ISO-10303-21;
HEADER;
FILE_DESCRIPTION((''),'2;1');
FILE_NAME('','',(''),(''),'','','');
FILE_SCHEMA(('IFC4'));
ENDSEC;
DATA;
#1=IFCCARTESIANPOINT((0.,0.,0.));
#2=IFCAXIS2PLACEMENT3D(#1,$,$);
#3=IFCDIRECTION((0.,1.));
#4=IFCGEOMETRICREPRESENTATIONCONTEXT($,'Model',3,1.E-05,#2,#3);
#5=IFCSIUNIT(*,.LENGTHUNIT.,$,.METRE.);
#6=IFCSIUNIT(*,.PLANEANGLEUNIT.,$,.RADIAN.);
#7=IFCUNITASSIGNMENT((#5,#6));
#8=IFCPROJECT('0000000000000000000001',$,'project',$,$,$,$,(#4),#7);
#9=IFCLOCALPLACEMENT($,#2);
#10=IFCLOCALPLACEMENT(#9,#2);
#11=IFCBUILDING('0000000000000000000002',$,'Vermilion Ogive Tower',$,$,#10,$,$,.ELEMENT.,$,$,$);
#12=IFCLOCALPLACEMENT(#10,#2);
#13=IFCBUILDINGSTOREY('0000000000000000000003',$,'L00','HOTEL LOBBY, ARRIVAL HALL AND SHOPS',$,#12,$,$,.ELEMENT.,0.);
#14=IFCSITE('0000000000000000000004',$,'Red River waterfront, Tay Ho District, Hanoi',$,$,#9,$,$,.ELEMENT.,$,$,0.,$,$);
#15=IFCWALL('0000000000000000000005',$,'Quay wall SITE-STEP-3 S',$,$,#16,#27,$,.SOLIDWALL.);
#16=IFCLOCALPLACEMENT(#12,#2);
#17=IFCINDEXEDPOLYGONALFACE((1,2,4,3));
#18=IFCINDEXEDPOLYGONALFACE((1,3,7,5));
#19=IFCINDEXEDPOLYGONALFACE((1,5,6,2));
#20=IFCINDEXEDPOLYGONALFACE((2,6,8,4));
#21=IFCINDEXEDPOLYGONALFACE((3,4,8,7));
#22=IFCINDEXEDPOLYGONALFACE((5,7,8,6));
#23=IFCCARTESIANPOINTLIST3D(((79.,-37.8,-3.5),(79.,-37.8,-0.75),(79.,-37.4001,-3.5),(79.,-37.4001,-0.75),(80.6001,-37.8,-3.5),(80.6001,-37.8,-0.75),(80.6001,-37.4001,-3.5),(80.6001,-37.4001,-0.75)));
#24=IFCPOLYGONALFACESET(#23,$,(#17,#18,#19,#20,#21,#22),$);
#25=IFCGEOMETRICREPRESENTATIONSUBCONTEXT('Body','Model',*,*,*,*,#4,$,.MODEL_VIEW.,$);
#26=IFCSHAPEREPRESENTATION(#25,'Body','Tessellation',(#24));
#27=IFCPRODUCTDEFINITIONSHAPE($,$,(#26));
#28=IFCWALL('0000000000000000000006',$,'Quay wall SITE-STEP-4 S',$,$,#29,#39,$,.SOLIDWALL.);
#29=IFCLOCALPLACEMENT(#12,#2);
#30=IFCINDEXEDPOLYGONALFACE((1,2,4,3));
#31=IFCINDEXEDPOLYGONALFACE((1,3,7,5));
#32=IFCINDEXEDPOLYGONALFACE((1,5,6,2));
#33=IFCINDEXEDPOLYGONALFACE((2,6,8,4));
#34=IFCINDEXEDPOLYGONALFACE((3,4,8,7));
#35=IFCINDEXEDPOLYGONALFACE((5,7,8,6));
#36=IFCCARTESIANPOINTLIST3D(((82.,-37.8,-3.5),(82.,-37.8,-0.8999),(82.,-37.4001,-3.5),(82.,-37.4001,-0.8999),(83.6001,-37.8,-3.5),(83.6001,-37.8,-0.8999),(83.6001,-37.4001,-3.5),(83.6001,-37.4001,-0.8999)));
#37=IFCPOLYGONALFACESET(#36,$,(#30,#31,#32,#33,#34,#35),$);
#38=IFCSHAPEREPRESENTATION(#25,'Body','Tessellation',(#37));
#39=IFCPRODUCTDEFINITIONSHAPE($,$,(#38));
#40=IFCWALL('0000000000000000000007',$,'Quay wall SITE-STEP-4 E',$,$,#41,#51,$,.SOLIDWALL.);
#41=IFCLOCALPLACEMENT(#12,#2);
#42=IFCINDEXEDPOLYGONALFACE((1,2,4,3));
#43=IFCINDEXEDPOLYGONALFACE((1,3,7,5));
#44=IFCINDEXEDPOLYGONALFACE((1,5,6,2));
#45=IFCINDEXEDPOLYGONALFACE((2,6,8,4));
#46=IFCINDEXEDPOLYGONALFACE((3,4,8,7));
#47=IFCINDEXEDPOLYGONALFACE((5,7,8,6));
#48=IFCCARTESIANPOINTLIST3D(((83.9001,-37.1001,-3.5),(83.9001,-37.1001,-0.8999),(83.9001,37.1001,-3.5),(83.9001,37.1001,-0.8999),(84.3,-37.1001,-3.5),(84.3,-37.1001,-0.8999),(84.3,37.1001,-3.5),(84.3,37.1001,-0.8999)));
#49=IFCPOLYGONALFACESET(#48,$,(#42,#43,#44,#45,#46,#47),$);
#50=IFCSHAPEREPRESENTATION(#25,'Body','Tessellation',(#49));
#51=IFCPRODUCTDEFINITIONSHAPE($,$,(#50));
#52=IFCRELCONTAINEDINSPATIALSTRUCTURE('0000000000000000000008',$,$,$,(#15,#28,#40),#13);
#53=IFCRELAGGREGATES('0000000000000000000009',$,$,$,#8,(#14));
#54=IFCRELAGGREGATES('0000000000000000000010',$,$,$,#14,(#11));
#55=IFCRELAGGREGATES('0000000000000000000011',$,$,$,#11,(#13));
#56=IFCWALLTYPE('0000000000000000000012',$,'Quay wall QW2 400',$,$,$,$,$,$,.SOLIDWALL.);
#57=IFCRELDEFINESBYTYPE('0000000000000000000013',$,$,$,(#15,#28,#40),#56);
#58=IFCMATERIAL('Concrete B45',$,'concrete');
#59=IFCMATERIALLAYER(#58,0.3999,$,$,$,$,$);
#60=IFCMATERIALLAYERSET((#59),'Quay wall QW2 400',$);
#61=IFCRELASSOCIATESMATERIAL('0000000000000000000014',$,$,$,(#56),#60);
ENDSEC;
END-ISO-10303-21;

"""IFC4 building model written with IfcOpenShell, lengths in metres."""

from ifc_helpers import new_model, si_unit, direction, frame, frame_2d, origin, place, context, subcontext, project, spatial, rectangle, extrude, material, layer, layer_set, type_object, element, save


model = new_model("IFC4")

# Units and contexts
model_context = context("Model", 3, precision=1e-05, world=origin(), true_north=direction((0.0, 1.0)))
body_context = subcontext(model_context, "Body", "Model", "MODEL_VIEW")
ifc_project = project(units=[si_unit("LENGTHUNIT", "METRE"), si_unit("PLANEANGLEUNIT", "RADIAN")], contexts=[model_context])

# Site, building, storey
site_placement = place(None, origin())
site = spatial("IfcSite", under=ifc_project, at=site_placement, Name="Red River waterfront, Tay Ho District, Hanoi", CompositionType="ELEMENT", RefElevation=0.0)
building_placement = place(site_placement, origin())
building = spatial("IfcBuilding", under=site, at=building_placement, Name="Vermilion Ogive Tower", CompositionType="ELEMENT")
storey_placement = place(building_placement, origin())
storey = spatial("IfcBuildingStorey", under=building, at=storey_placement, Name="L00", Description="HOTEL LOBBY, ARRIVAL HALL AND SHOPS", CompositionType="ELEMENT", Elevation=0.0)

# Walls
ifc_material_1 = material(Name="Concrete B45", Category="concrete")
ifc_layer_1 = layer(ifc_material_1, 0.3999)
ifc_layer_set_1 = layer_set([ifc_layer_1], Name="Quay wall QW2 400")
wall_type_1 = type_object("IfcWallType", Name="Quay wall QW2 400", PredefinedType="SOLIDWALL", material=ifc_layer_set_1)
wall_1_placement = place(storey_placement, frame((79.0, -37.6001, -3.5), z_axis=(0.0, 0.0, 1.0), x_axis=(1.0, 0.0, 0.0)))
element("IfcWall", 1, at=wall_1_placement, inside=storey, type_object=wall_type_1, Name="Quay wall SITE-STEP-3 S", PredefinedType="SOLIDWALL", context=body_context, shape_type="SweptSolid", body=[
    extrude(rectangle(XDim=1.6001, YDim=0.3999, at=frame_2d((0.8, 0.0))), origin(), (0.0, 0.0, 1.0), 2.75),
])
wall_2_placement = place(storey_placement, frame((82.0, -37.6001, -3.5), z_axis=(0.0, 0.0, 1.0), x_axis=(1.0, 0.0, 0.0)))
element("IfcWall", 2, at=wall_2_placement, inside=storey, type_object=wall_type_1, Name="Quay wall SITE-STEP-4 S", PredefinedType="SOLIDWALL", context=body_context, shape_type="SweptSolid", body=[
    extrude(rectangle(XDim=1.6001, YDim=0.3999, at=frame_2d((0.8, 0.0))), origin(), (0.0, 0.0, 1.0), 2.6001),
])
wall_3_placement = place(storey_placement, frame((84.1001, -37.1001, -3.5), z_axis=(0.0, 0.0, 1.0), x_axis=(0.0, 1.0, 0.0)))
element("IfcWall", 3, at=wall_3_placement, inside=storey, type_object=wall_type_1, Name="Quay wall SITE-STEP-4 E", PredefinedType="SOLIDWALL", context=body_context, shape_type="SweptSolid", body=[
    extrude(rectangle(XDim=74.2002, YDim=0.3999, at=frame_2d((37.1001, 0.0))), origin(), (0.0, 0.0, 1.0), 2.6001),
])

save(model, "model.ifc")
